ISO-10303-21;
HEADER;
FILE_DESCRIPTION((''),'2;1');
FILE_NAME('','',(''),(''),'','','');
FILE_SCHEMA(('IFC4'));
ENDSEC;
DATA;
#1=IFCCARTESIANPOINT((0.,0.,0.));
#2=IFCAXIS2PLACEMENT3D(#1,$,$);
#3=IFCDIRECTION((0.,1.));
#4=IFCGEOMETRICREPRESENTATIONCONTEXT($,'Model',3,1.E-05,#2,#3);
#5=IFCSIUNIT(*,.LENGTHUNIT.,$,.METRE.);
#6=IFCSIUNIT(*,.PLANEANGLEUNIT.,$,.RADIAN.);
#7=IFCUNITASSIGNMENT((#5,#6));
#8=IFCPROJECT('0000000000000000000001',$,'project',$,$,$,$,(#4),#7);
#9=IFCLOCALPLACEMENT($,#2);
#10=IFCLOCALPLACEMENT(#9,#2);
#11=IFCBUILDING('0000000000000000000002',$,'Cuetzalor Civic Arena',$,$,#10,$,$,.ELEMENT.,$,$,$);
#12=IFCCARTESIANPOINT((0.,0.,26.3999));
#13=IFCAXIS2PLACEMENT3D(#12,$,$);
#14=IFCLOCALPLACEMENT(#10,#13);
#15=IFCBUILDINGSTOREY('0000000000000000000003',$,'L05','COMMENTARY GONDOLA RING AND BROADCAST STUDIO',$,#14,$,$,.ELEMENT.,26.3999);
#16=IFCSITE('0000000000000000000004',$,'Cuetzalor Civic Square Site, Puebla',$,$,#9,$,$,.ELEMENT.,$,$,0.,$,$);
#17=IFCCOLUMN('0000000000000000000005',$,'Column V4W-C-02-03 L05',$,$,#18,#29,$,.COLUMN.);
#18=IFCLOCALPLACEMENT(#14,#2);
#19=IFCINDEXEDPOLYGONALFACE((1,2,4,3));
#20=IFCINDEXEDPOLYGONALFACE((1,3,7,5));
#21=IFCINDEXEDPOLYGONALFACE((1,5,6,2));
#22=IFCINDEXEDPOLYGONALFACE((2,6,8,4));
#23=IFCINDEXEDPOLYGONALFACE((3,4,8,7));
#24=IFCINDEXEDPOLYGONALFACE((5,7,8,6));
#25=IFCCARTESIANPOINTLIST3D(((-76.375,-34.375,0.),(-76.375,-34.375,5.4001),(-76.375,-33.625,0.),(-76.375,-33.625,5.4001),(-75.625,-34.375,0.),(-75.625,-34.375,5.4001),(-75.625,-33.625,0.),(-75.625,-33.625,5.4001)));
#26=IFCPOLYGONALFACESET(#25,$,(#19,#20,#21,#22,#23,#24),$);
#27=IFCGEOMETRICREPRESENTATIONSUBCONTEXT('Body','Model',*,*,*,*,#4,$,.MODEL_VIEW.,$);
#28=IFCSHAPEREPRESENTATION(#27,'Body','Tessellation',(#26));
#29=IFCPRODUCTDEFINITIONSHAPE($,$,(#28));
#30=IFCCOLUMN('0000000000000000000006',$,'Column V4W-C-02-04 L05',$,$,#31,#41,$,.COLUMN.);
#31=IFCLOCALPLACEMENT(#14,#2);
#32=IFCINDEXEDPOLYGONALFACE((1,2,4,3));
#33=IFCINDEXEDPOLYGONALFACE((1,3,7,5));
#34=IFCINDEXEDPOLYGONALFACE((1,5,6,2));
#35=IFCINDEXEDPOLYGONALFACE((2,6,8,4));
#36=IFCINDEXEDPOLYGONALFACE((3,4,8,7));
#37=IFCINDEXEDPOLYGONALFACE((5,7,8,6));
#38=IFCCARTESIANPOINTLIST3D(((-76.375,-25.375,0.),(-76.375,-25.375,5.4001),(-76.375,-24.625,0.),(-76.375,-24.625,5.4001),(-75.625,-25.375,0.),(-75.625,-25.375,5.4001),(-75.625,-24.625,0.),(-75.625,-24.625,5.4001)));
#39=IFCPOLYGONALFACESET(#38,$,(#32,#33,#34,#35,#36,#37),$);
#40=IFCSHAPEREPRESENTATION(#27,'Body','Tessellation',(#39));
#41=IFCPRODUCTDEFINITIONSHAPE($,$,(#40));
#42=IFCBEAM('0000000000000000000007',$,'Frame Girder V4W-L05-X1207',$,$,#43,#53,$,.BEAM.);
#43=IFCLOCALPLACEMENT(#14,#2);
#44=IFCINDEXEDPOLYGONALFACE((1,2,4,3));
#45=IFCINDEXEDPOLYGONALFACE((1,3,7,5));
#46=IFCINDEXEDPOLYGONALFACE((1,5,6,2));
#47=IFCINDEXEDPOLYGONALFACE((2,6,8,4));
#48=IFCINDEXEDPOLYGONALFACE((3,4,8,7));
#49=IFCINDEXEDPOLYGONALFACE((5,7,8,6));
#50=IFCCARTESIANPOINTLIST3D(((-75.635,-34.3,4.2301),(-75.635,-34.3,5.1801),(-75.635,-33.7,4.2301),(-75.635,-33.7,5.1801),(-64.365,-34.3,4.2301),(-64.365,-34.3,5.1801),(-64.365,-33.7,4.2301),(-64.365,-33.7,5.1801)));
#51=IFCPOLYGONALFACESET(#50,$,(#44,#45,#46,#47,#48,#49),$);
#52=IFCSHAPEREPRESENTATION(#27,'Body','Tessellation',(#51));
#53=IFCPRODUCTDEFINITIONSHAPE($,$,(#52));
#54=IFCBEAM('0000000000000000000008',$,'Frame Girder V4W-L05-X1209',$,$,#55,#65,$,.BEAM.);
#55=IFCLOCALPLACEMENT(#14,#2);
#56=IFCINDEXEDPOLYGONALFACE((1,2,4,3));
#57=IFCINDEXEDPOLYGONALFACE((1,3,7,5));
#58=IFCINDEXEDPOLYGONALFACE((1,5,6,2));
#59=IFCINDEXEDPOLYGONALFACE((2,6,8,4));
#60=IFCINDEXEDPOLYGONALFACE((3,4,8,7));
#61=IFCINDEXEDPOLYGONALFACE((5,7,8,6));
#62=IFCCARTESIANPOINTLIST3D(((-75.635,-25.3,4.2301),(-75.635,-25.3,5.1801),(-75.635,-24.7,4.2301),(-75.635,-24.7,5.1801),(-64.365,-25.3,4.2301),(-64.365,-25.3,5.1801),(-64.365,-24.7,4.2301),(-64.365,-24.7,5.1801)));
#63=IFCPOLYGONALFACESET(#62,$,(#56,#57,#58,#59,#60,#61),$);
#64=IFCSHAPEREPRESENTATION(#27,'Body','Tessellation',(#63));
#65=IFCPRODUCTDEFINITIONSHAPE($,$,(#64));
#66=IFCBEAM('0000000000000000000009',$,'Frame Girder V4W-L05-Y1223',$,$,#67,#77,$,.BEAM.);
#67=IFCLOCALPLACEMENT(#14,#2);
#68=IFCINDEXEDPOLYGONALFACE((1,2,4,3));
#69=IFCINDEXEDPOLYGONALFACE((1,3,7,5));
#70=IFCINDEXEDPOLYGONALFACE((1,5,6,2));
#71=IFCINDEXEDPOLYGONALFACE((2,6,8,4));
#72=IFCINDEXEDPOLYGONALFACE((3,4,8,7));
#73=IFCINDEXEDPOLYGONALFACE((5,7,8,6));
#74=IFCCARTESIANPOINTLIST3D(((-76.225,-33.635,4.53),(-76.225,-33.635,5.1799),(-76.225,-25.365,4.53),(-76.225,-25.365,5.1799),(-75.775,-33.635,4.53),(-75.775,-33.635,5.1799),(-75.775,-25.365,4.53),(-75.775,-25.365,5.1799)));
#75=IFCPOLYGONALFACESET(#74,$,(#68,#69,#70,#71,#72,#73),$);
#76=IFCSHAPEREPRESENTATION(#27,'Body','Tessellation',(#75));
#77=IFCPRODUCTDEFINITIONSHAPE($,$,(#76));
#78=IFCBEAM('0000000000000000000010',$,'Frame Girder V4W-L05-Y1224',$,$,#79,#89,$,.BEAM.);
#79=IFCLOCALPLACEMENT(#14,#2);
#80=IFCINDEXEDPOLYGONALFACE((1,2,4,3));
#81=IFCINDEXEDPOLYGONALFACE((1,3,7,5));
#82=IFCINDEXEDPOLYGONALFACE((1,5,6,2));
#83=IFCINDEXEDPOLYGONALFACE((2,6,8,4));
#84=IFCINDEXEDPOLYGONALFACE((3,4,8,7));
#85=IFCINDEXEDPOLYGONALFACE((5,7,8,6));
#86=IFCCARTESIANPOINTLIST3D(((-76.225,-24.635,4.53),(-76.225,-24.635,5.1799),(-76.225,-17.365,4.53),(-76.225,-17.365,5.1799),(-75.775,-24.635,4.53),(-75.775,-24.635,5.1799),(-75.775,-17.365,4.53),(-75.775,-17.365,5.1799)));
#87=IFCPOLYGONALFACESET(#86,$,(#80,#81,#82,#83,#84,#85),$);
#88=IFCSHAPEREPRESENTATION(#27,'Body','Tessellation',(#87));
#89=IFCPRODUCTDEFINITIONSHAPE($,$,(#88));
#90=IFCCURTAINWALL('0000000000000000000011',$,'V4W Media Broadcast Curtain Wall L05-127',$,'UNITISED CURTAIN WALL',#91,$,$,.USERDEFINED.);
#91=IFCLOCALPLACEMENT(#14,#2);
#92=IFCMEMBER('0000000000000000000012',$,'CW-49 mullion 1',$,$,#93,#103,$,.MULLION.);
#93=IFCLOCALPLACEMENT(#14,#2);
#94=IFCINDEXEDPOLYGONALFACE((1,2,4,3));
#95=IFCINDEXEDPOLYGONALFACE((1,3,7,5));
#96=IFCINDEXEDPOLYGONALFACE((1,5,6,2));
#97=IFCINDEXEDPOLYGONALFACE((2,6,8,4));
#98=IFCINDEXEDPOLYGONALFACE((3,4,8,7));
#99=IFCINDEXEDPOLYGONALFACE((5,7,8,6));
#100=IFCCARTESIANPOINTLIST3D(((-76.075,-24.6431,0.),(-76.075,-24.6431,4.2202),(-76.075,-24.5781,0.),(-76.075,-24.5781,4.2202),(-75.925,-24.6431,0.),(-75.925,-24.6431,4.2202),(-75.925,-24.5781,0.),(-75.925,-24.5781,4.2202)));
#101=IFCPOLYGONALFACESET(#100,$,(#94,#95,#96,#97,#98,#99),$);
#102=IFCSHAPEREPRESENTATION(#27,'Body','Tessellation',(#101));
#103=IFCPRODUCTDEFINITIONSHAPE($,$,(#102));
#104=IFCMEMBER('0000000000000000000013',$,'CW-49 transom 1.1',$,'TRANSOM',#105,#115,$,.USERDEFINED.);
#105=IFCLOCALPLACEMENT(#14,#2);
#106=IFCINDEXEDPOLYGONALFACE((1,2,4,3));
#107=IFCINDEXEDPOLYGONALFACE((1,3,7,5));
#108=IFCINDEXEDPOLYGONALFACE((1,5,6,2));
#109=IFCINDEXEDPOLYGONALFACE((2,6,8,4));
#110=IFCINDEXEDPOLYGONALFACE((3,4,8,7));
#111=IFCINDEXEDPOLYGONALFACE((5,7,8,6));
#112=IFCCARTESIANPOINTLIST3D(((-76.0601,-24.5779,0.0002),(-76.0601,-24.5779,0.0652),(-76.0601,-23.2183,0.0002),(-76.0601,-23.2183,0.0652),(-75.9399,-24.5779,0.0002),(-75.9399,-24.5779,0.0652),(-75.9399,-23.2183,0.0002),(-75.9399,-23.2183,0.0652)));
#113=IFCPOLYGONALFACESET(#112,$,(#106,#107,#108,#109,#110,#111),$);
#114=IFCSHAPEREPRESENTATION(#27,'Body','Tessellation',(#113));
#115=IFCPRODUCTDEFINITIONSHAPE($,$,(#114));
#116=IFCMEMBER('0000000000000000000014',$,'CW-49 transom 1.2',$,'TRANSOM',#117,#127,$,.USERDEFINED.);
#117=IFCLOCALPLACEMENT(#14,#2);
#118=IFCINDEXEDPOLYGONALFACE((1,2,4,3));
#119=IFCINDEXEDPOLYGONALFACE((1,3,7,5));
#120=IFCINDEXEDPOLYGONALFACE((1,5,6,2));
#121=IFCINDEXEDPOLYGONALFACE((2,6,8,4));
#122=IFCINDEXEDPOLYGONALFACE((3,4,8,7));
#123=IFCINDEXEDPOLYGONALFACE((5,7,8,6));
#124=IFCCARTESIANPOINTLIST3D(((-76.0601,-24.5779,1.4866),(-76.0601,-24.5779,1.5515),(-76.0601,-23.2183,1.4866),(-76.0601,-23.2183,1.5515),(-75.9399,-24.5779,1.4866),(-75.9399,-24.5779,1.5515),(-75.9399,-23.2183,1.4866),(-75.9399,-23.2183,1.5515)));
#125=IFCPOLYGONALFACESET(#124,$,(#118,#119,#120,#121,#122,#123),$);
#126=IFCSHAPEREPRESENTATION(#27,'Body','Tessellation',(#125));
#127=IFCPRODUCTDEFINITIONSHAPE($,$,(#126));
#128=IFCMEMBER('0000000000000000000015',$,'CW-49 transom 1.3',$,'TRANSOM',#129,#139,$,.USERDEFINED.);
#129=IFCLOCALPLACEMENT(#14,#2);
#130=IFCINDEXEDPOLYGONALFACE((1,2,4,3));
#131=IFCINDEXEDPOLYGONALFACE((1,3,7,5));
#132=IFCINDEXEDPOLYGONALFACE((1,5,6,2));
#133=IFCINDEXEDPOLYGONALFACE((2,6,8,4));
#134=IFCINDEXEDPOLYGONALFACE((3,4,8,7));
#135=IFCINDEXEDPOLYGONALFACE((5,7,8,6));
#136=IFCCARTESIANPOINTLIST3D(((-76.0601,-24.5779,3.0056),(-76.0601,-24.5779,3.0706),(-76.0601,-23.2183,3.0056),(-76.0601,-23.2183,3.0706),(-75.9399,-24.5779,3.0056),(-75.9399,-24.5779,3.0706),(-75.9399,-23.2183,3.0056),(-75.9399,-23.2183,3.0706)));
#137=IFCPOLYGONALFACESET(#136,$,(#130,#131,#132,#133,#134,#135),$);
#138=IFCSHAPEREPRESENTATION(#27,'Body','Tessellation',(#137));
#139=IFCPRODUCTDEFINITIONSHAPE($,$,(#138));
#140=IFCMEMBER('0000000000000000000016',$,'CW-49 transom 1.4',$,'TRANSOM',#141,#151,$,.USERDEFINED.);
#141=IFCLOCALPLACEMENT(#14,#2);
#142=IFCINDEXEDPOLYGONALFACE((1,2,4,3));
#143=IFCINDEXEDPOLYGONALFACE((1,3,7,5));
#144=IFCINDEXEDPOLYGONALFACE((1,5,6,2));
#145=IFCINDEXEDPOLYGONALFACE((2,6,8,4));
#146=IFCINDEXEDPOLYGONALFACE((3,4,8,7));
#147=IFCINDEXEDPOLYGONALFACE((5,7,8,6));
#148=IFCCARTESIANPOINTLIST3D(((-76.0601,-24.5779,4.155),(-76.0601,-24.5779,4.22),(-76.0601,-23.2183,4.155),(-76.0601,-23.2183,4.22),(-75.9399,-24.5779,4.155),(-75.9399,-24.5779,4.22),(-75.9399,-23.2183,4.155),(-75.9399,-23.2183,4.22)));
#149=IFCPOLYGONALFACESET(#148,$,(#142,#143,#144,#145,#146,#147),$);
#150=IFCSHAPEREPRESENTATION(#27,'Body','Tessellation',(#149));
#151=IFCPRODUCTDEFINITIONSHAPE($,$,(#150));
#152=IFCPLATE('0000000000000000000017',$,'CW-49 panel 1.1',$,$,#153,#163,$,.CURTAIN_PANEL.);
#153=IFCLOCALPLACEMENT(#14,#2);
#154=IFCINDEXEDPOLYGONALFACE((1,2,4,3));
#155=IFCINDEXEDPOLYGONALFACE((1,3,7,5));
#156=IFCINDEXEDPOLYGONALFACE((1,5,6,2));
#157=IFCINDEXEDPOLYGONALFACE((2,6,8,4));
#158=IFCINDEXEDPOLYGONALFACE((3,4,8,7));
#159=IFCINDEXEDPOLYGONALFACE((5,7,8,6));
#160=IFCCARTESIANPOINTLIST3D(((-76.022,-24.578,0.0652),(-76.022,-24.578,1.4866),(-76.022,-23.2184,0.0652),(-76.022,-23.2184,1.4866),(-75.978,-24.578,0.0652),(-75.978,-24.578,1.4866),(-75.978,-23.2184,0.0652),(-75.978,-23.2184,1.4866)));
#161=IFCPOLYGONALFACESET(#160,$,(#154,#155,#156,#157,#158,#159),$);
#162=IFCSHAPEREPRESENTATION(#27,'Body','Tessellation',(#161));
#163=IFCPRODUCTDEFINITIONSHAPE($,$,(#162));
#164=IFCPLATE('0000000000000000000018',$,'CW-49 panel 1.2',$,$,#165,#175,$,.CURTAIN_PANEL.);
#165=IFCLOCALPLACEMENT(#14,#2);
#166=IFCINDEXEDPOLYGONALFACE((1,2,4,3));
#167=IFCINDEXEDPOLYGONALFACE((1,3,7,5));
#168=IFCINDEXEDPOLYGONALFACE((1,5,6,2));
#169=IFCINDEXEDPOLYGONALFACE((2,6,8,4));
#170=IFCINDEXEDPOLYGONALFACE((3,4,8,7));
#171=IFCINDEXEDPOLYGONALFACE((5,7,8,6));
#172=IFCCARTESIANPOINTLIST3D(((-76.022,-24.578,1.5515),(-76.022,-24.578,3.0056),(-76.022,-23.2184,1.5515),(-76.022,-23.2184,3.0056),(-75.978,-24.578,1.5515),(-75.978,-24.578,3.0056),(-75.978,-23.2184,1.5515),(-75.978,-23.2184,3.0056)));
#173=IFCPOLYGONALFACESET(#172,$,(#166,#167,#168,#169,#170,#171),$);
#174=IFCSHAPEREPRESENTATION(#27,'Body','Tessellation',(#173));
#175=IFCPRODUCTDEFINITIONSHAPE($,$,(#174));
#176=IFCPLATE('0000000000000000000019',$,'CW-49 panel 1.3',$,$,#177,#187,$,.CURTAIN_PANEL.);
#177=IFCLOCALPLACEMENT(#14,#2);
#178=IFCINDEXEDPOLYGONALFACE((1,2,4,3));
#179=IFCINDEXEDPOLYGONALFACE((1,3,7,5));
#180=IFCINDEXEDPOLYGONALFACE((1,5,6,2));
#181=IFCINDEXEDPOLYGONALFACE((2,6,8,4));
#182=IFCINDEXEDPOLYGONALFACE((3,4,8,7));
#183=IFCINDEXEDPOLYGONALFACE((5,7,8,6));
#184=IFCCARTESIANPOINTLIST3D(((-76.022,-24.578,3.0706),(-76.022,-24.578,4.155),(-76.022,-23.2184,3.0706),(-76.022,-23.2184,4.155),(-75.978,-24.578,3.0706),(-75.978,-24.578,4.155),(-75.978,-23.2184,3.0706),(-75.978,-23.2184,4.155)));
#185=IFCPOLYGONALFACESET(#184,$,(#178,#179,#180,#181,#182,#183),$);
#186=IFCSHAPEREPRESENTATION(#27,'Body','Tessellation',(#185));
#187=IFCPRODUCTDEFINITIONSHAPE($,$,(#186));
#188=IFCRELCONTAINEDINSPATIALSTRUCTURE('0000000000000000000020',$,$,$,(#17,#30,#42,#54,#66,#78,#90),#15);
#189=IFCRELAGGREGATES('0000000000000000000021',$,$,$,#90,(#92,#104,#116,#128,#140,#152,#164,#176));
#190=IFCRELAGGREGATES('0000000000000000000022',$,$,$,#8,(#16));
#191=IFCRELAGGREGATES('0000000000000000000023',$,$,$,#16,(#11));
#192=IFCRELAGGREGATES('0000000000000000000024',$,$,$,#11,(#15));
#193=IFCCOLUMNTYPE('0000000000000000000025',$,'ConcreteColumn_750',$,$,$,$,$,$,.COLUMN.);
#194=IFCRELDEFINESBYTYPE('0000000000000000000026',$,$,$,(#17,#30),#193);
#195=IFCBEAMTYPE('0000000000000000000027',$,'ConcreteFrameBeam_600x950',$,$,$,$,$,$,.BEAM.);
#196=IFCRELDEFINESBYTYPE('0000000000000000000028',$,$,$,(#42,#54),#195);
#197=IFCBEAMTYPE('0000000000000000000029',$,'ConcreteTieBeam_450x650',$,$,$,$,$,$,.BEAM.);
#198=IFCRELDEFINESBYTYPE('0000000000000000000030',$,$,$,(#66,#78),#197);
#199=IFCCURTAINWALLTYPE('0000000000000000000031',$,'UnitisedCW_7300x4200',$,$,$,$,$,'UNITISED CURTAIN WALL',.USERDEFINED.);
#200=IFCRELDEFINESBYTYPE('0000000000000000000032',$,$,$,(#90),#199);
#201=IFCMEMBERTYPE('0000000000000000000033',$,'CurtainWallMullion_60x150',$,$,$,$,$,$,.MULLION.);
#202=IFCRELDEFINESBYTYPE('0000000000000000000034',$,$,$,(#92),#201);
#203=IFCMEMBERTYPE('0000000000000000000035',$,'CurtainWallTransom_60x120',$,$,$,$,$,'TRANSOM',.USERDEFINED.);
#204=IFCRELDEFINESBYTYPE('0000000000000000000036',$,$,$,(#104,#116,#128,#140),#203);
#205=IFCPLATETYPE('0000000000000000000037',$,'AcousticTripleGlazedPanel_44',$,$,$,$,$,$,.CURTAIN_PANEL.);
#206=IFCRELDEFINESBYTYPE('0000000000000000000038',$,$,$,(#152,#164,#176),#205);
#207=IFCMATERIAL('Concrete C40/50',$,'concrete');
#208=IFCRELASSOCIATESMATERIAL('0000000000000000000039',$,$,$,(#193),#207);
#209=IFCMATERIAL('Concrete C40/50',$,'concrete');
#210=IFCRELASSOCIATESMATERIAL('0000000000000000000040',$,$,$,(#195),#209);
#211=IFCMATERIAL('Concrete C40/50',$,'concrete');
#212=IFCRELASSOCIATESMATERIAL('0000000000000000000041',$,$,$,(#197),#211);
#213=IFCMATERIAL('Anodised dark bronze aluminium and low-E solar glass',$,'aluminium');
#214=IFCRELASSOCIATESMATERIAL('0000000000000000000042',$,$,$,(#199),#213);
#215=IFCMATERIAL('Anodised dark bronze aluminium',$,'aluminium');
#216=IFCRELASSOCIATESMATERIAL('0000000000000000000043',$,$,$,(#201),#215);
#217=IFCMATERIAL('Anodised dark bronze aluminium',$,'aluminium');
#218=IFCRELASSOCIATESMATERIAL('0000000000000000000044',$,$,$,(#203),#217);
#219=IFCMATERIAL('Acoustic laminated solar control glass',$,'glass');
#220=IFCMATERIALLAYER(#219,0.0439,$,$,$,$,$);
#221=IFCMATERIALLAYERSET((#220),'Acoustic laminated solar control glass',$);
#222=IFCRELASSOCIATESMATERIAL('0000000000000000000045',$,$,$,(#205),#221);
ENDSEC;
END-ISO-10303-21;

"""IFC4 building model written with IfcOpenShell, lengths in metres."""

from ifc_helpers import new_model, si_unit, direction, frame, origin, origin_2d, place, context, subcontext, project, spatial, rectangle, extrude, material, layer, layer_set, material_profile, profile_set, type_object, element, aggregate, save


model = new_model("IFC4")

# Units and contexts
model_context = context("Model", 3, precision=1e-05, world=origin(), true_north=direction((0.0, 1.0)))
body_context = subcontext(model_context, "Body", "Model", "MODEL_VIEW")
ifc_project = project(units=[si_unit("LENGTHUNIT", "METRE"), si_unit("PLANEANGLEUNIT", "RADIAN")], contexts=[model_context])

# Site, building, storey
site_placement = place(None, origin())
site = spatial("IfcSite", under=ifc_project, at=site_placement, Name="Cuetzalor Civic Square Site, Puebla", CompositionType="ELEMENT", RefElevation=0.0)
building_placement = place(site_placement, origin())
building = spatial("IfcBuilding", under=site, at=building_placement, Name="Cuetzalor Civic Arena", CompositionType="ELEMENT")
storey_placement = place(building_placement, frame((0.0, 0.0, 26.3999)))
storey = spatial("IfcBuildingStorey", under=building, at=storey_placement, Name="L05", Description="COMMENTARY GONDOLA RING AND BROADCAST STUDIO", CompositionType="ELEMENT", Elevation=26.3999)

# Columns
ifc_material_1 = material(Name="Concrete C40/50", Category="concrete")
ifc_material_profile_1 = material_profile(ifc_material_1, rectangle(XDim=0.75, YDim=0.75, at=origin_2d()), Name="RC 750x750")
ifc_profile_set_1 = profile_set([ifc_material_profile_1], Name="Concrete C40/50")
column_type = type_object("IfcColumnType", Name="ConcreteColumn_750", PredefinedType="COLUMN", material=ifc_profile_set_1)
for number, where, z_axis, x_axis, name in (
    (1, (-76.0, -34.0, 0.0), (0.0, 0.0, 1.0), (1.0, 0.0, 0.0), "Column V4W-C-02-03 L05"),
    (2, (-76.0, -25.0, 0.0), (0.0, 0.0, 1.0), (1.0, 0.0, 0.0), "Column V4W-C-02-04 L05"),
):
    element("IfcColumn", number, at=place(storey_placement, frame(where, z_axis=z_axis, x_axis=x_axis)), inside=storey, type_object=column_type, Name=name, PredefinedType="COLUMN", context=body_context, shape_type="SweptSolid", body=[
        extrude(rectangle(XDim=0.75, YDim=0.75, at=origin_2d()), origin(), (0.0, 0.0, 1.0), 5.4001),
    ])

# Beams
ifc_material_2 = material(Name="Concrete C40/50", Category="concrete")
ifc_material_profile_2 = material_profile(ifc_material_2, rectangle(XDim=0.6001, YDim=0.95, at=origin_2d()), Name="RC 600x950")
ifc_profile_set_2 = profile_set([ifc_material_profile_2], Name="Concrete C40/50")
beam_type_1 = type_object("IfcBeamType", Name="ConcreteFrameBeam_600x950", PredefinedType="BEAM", material=ifc_profile_set_2)
for number, where, z_axis, x_axis, name in (
    (3, (-75.635, -34.0, 4.7051), (1.0, 0.0, 0.0), (0.0, 1.0, 0.0), "Frame Girder V4W-L05-X1207"),
    (4, (-75.635, -25.0, 4.7051), (1.0, 0.0, 0.0), (0.0, 1.0, 0.0), "Frame Girder V4W-L05-X1209"),
):
    element("IfcBeam", number, at=place(storey_placement, frame(where, z_axis=z_axis, x_axis=x_axis)), inside=storey, type_object=beam_type_1, Name=name, PredefinedType="BEAM", context=body_context, shape_type="SweptSolid", body=[
        extrude(rectangle(XDim=0.6001, YDim=0.95, at=origin_2d()), origin(), (0.0, 0.0, 1.0), 11.27),
    ])
ifc_material_3 = material(Name="Concrete C40/50", Category="concrete")
ifc_material_profile_3 = material_profile(ifc_material_3, rectangle(XDim=0.45, YDim=0.6499, at=origin_2d()), Name="RC 450x650")
ifc_profile_set_3 = profile_set([ifc_material_profile_3], Name="Concrete C40/50")
beam_type_2 = type_object("IfcBeamType", Name="ConcreteTieBeam_450x650", PredefinedType="BEAM", material=ifc_profile_set_3)
beam_1_placement = place(storey_placement, frame((-76.0, -33.635, 4.855), z_axis=(0.0, 1.0, 0.0), x_axis=(-1.0, 0.0, 0.0)))
element("IfcBeam", 5, at=beam_1_placement, inside=storey, type_object=beam_type_2, Name="Frame Girder V4W-L05-Y1223", PredefinedType="BEAM", context=body_context, shape_type="SweptSolid", body=[
    extrude(rectangle(XDim=0.45, YDim=0.6499, at=origin_2d()), origin(), (0.0, 0.0, 1.0), 8.27),
])
beam_2_placement = place(storey_placement, frame((-76.0, -24.635, 4.855), z_axis=(0.0, 1.0, 0.0), x_axis=(-1.0, 0.0, 0.0)))
element("IfcBeam", 6, at=beam_2_placement, inside=storey, type_object=beam_type_2, Name="Frame Girder V4W-L05-Y1224", PredefinedType="BEAM", context=body_context, shape_type="SweptSolid", body=[
    extrude(rectangle(XDim=0.45, YDim=0.6499, at=origin_2d()), origin(), (0.0, 0.0, 1.0), 7.27),
])

# Curtain wall, members, plates
ifc_material_4 = material(Name="Anodised dark bronze aluminium and low-E solar glass", Category="aluminium")
curtain_wall_type = type_object("IfcCurtainWallType", Name="UnitisedCW_7300x4200", ElementType="UNITISED CURTAIN WALL", PredefinedType="USERDEFINED", material=ifc_material_4)
curtain_wall_placement = place(storey_placement, origin())
curtain_wall = element("IfcCurtainWall", 7, at=curtain_wall_placement, inside=storey, type_object=curtain_wall_type, Name="V4W Media Broadcast Curtain Wall L05-127", ObjectType="UNITISED CURTAIN WALL", PredefinedType="USERDEFINED")
ifc_material_5 = material(Name="Anodised dark bronze aluminium", Category="aluminium")
ifc_material_profile_4 = material_profile(ifc_material_5, rectangle(XDim=0.0649, YDim=0.1499, at=origin_2d()), Name="ALU MULLION 65x150")
ifc_profile_set_4 = profile_set([ifc_material_profile_4], Name="Anodised dark bronze aluminium")
member_type_1 = type_object("IfcMemberType", Name="CurtainWallMullion_60x150", PredefinedType="MULLION", material=ifc_profile_set_4)
member_1_placement = place(storey_placement, frame((-76.0, -24.6106, 0.0), z_axis=(0.0, 0.0, 1.0), x_axis=(0.0, 1.0, 0.0)))
member_1 = element("IfcMember", 8, at=member_1_placement, type_object=member_type_1, Name="CW-49 mullion 1", PredefinedType="MULLION", context=body_context, shape_type="SweptSolid", body=[
    extrude(rectangle(XDim=0.0649, YDim=0.1499, at=origin_2d()), origin(), (0.0, 0.0, 1.0), 4.2202),
])
ifc_material_6 = material(Name="Anodised dark bronze aluminium", Category="aluminium")
ifc_material_profile_5 = material_profile(ifc_material_6, rectangle(XDim=0.1201, YDim=0.0649, at=origin_2d()), Name="ALU TRANSOM 65x120")
ifc_profile_set_5 = profile_set([ifc_material_profile_5], Name="Anodised dark bronze aluminium")
member_type_2 = type_object("IfcMemberType", Name="CurtainWallTransom_60x120", ElementType="TRANSOM", PredefinedType="USERDEFINED", material=ifc_profile_set_5)
member_2_placement = place(storey_placement, frame((-76.0, -24.5779, 0.0327), z_axis=(0.0, 1.0, 0.0), x_axis=(-1.0, 0.0, 0.0)))
member_2 = element("IfcMember", 9, at=member_2_placement, type_object=member_type_2, Name="CW-49 transom 1.1", ObjectType="TRANSOM", PredefinedType="USERDEFINED", context=body_context, shape_type="SweptSolid", body=[
    extrude(rectangle(XDim=0.1201, YDim=0.0649, at=origin_2d()), origin(), (0.0, 0.0, 1.0), 1.3596),
])
member_3_placement = place(storey_placement, frame((-76.0, -24.5779, 1.519), z_axis=(0.0, 1.0, 0.0), x_axis=(-1.0, 0.0, 0.0)))
member_3 = element("IfcMember", 10, at=member_3_placement, type_object=member_type_2, Name="CW-49 transom 1.2", ObjectType="TRANSOM", PredefinedType="USERDEFINED", context=body_context, shape_type="SweptSolid", body=[
    extrude(rectangle(XDim=0.1201, YDim=0.0649, at=origin_2d()), origin(), (0.0, 0.0, 1.0), 1.3596),
])
member_4_placement = place(storey_placement, frame((-76.0, -24.5779, 3.0381), z_axis=(0.0, 1.0, 0.0), x_axis=(-1.0, 0.0, 0.0)))
member_4 = element("IfcMember", 11, at=member_4_placement, type_object=member_type_2, Name="CW-49 transom 1.3", ObjectType="TRANSOM", PredefinedType="USERDEFINED", context=body_context, shape_type="SweptSolid", body=[
    extrude(rectangle(XDim=0.1201, YDim=0.0649, at=origin_2d()), origin(), (0.0, 0.0, 1.0), 1.3596),
])
member_5_placement = place(storey_placement, frame((-76.0, -24.5779, 4.1875), z_axis=(0.0, 1.0, 0.0), x_axis=(-1.0, 0.0, 0.0)))
member_5 = element("IfcMember", 12, at=member_5_placement, type_object=member_type_2, Name="CW-49 transom 1.4", ObjectType="TRANSOM", PredefinedType="USERDEFINED", context=body_context, shape_type="SweptSolid", body=[
    extrude(rectangle(XDim=0.1201, YDim=0.0649, at=origin_2d()), origin(), (0.0, 0.0, 1.0), 1.3596),
])
ifc_material_7 = material(Name="Acoustic laminated solar control glass", Category="glass")
ifc_layer_1 = layer(ifc_material_7, 0.0439)
ifc_layer_set_1 = layer_set([ifc_layer_1], Name="Acoustic laminated solar control glass")
plate_type = type_object("IfcPlateType", Name="AcousticTripleGlazedPanel_44", PredefinedType="CURTAIN_PANEL", material=ifc_layer_set_1)
plate_1_placement = place(storey_placement, frame((-76.0, -23.8982, 0.0652), z_axis=(0.0, 0.0, 1.0), x_axis=(0.0, 1.0, 0.0)))
plate_1 = element("IfcPlate", 13, at=plate_1_placement, type_object=plate_type, Name="CW-49 panel 1.1", PredefinedType="CURTAIN_PANEL", context=body_context, shape_type="SweptSolid", body=[
    extrude(rectangle(XDim=1.3596, YDim=0.0439, at=origin_2d()), origin(), (0.0, 0.0, 1.0), 1.4214),
])
plate_2_placement = place(storey_placement, frame((-76.0, -23.8982, 1.5515), z_axis=(0.0, 0.0, 1.0), x_axis=(0.0, 1.0, 0.0)))
plate_2 = element("IfcPlate", 14, at=plate_2_placement, type_object=plate_type, Name="CW-49 panel 1.2", PredefinedType="CURTAIN_PANEL", context=body_context, shape_type="SweptSolid", body=[
    extrude(rectangle(XDim=1.3596, YDim=0.0439, at=origin_2d()), origin(), (0.0, 0.0, 1.0), 1.4541),
])
plate_3_placement = place(storey_placement, frame((-76.0, -23.8982, 3.0706), z_axis=(0.0, 0.0, 1.0), x_axis=(0.0, 1.0, 0.0)))
plate_3 = element("IfcPlate", 15, at=plate_3_placement, type_object=plate_type, Name="CW-49 panel 1.3", PredefinedType="CURTAIN_PANEL", context=body_context, shape_type="SweptSolid", body=[
    extrude(rectangle(XDim=1.3596, YDim=0.0439, at=origin_2d()), origin(), (0.0, 0.0, 1.0), 1.0845),
])
aggregate(curtain_wall, [member_1, member_2, member_3, member_4, member_5, plate_1, plate_2, plate_3])

save(model, "model.ifc")
